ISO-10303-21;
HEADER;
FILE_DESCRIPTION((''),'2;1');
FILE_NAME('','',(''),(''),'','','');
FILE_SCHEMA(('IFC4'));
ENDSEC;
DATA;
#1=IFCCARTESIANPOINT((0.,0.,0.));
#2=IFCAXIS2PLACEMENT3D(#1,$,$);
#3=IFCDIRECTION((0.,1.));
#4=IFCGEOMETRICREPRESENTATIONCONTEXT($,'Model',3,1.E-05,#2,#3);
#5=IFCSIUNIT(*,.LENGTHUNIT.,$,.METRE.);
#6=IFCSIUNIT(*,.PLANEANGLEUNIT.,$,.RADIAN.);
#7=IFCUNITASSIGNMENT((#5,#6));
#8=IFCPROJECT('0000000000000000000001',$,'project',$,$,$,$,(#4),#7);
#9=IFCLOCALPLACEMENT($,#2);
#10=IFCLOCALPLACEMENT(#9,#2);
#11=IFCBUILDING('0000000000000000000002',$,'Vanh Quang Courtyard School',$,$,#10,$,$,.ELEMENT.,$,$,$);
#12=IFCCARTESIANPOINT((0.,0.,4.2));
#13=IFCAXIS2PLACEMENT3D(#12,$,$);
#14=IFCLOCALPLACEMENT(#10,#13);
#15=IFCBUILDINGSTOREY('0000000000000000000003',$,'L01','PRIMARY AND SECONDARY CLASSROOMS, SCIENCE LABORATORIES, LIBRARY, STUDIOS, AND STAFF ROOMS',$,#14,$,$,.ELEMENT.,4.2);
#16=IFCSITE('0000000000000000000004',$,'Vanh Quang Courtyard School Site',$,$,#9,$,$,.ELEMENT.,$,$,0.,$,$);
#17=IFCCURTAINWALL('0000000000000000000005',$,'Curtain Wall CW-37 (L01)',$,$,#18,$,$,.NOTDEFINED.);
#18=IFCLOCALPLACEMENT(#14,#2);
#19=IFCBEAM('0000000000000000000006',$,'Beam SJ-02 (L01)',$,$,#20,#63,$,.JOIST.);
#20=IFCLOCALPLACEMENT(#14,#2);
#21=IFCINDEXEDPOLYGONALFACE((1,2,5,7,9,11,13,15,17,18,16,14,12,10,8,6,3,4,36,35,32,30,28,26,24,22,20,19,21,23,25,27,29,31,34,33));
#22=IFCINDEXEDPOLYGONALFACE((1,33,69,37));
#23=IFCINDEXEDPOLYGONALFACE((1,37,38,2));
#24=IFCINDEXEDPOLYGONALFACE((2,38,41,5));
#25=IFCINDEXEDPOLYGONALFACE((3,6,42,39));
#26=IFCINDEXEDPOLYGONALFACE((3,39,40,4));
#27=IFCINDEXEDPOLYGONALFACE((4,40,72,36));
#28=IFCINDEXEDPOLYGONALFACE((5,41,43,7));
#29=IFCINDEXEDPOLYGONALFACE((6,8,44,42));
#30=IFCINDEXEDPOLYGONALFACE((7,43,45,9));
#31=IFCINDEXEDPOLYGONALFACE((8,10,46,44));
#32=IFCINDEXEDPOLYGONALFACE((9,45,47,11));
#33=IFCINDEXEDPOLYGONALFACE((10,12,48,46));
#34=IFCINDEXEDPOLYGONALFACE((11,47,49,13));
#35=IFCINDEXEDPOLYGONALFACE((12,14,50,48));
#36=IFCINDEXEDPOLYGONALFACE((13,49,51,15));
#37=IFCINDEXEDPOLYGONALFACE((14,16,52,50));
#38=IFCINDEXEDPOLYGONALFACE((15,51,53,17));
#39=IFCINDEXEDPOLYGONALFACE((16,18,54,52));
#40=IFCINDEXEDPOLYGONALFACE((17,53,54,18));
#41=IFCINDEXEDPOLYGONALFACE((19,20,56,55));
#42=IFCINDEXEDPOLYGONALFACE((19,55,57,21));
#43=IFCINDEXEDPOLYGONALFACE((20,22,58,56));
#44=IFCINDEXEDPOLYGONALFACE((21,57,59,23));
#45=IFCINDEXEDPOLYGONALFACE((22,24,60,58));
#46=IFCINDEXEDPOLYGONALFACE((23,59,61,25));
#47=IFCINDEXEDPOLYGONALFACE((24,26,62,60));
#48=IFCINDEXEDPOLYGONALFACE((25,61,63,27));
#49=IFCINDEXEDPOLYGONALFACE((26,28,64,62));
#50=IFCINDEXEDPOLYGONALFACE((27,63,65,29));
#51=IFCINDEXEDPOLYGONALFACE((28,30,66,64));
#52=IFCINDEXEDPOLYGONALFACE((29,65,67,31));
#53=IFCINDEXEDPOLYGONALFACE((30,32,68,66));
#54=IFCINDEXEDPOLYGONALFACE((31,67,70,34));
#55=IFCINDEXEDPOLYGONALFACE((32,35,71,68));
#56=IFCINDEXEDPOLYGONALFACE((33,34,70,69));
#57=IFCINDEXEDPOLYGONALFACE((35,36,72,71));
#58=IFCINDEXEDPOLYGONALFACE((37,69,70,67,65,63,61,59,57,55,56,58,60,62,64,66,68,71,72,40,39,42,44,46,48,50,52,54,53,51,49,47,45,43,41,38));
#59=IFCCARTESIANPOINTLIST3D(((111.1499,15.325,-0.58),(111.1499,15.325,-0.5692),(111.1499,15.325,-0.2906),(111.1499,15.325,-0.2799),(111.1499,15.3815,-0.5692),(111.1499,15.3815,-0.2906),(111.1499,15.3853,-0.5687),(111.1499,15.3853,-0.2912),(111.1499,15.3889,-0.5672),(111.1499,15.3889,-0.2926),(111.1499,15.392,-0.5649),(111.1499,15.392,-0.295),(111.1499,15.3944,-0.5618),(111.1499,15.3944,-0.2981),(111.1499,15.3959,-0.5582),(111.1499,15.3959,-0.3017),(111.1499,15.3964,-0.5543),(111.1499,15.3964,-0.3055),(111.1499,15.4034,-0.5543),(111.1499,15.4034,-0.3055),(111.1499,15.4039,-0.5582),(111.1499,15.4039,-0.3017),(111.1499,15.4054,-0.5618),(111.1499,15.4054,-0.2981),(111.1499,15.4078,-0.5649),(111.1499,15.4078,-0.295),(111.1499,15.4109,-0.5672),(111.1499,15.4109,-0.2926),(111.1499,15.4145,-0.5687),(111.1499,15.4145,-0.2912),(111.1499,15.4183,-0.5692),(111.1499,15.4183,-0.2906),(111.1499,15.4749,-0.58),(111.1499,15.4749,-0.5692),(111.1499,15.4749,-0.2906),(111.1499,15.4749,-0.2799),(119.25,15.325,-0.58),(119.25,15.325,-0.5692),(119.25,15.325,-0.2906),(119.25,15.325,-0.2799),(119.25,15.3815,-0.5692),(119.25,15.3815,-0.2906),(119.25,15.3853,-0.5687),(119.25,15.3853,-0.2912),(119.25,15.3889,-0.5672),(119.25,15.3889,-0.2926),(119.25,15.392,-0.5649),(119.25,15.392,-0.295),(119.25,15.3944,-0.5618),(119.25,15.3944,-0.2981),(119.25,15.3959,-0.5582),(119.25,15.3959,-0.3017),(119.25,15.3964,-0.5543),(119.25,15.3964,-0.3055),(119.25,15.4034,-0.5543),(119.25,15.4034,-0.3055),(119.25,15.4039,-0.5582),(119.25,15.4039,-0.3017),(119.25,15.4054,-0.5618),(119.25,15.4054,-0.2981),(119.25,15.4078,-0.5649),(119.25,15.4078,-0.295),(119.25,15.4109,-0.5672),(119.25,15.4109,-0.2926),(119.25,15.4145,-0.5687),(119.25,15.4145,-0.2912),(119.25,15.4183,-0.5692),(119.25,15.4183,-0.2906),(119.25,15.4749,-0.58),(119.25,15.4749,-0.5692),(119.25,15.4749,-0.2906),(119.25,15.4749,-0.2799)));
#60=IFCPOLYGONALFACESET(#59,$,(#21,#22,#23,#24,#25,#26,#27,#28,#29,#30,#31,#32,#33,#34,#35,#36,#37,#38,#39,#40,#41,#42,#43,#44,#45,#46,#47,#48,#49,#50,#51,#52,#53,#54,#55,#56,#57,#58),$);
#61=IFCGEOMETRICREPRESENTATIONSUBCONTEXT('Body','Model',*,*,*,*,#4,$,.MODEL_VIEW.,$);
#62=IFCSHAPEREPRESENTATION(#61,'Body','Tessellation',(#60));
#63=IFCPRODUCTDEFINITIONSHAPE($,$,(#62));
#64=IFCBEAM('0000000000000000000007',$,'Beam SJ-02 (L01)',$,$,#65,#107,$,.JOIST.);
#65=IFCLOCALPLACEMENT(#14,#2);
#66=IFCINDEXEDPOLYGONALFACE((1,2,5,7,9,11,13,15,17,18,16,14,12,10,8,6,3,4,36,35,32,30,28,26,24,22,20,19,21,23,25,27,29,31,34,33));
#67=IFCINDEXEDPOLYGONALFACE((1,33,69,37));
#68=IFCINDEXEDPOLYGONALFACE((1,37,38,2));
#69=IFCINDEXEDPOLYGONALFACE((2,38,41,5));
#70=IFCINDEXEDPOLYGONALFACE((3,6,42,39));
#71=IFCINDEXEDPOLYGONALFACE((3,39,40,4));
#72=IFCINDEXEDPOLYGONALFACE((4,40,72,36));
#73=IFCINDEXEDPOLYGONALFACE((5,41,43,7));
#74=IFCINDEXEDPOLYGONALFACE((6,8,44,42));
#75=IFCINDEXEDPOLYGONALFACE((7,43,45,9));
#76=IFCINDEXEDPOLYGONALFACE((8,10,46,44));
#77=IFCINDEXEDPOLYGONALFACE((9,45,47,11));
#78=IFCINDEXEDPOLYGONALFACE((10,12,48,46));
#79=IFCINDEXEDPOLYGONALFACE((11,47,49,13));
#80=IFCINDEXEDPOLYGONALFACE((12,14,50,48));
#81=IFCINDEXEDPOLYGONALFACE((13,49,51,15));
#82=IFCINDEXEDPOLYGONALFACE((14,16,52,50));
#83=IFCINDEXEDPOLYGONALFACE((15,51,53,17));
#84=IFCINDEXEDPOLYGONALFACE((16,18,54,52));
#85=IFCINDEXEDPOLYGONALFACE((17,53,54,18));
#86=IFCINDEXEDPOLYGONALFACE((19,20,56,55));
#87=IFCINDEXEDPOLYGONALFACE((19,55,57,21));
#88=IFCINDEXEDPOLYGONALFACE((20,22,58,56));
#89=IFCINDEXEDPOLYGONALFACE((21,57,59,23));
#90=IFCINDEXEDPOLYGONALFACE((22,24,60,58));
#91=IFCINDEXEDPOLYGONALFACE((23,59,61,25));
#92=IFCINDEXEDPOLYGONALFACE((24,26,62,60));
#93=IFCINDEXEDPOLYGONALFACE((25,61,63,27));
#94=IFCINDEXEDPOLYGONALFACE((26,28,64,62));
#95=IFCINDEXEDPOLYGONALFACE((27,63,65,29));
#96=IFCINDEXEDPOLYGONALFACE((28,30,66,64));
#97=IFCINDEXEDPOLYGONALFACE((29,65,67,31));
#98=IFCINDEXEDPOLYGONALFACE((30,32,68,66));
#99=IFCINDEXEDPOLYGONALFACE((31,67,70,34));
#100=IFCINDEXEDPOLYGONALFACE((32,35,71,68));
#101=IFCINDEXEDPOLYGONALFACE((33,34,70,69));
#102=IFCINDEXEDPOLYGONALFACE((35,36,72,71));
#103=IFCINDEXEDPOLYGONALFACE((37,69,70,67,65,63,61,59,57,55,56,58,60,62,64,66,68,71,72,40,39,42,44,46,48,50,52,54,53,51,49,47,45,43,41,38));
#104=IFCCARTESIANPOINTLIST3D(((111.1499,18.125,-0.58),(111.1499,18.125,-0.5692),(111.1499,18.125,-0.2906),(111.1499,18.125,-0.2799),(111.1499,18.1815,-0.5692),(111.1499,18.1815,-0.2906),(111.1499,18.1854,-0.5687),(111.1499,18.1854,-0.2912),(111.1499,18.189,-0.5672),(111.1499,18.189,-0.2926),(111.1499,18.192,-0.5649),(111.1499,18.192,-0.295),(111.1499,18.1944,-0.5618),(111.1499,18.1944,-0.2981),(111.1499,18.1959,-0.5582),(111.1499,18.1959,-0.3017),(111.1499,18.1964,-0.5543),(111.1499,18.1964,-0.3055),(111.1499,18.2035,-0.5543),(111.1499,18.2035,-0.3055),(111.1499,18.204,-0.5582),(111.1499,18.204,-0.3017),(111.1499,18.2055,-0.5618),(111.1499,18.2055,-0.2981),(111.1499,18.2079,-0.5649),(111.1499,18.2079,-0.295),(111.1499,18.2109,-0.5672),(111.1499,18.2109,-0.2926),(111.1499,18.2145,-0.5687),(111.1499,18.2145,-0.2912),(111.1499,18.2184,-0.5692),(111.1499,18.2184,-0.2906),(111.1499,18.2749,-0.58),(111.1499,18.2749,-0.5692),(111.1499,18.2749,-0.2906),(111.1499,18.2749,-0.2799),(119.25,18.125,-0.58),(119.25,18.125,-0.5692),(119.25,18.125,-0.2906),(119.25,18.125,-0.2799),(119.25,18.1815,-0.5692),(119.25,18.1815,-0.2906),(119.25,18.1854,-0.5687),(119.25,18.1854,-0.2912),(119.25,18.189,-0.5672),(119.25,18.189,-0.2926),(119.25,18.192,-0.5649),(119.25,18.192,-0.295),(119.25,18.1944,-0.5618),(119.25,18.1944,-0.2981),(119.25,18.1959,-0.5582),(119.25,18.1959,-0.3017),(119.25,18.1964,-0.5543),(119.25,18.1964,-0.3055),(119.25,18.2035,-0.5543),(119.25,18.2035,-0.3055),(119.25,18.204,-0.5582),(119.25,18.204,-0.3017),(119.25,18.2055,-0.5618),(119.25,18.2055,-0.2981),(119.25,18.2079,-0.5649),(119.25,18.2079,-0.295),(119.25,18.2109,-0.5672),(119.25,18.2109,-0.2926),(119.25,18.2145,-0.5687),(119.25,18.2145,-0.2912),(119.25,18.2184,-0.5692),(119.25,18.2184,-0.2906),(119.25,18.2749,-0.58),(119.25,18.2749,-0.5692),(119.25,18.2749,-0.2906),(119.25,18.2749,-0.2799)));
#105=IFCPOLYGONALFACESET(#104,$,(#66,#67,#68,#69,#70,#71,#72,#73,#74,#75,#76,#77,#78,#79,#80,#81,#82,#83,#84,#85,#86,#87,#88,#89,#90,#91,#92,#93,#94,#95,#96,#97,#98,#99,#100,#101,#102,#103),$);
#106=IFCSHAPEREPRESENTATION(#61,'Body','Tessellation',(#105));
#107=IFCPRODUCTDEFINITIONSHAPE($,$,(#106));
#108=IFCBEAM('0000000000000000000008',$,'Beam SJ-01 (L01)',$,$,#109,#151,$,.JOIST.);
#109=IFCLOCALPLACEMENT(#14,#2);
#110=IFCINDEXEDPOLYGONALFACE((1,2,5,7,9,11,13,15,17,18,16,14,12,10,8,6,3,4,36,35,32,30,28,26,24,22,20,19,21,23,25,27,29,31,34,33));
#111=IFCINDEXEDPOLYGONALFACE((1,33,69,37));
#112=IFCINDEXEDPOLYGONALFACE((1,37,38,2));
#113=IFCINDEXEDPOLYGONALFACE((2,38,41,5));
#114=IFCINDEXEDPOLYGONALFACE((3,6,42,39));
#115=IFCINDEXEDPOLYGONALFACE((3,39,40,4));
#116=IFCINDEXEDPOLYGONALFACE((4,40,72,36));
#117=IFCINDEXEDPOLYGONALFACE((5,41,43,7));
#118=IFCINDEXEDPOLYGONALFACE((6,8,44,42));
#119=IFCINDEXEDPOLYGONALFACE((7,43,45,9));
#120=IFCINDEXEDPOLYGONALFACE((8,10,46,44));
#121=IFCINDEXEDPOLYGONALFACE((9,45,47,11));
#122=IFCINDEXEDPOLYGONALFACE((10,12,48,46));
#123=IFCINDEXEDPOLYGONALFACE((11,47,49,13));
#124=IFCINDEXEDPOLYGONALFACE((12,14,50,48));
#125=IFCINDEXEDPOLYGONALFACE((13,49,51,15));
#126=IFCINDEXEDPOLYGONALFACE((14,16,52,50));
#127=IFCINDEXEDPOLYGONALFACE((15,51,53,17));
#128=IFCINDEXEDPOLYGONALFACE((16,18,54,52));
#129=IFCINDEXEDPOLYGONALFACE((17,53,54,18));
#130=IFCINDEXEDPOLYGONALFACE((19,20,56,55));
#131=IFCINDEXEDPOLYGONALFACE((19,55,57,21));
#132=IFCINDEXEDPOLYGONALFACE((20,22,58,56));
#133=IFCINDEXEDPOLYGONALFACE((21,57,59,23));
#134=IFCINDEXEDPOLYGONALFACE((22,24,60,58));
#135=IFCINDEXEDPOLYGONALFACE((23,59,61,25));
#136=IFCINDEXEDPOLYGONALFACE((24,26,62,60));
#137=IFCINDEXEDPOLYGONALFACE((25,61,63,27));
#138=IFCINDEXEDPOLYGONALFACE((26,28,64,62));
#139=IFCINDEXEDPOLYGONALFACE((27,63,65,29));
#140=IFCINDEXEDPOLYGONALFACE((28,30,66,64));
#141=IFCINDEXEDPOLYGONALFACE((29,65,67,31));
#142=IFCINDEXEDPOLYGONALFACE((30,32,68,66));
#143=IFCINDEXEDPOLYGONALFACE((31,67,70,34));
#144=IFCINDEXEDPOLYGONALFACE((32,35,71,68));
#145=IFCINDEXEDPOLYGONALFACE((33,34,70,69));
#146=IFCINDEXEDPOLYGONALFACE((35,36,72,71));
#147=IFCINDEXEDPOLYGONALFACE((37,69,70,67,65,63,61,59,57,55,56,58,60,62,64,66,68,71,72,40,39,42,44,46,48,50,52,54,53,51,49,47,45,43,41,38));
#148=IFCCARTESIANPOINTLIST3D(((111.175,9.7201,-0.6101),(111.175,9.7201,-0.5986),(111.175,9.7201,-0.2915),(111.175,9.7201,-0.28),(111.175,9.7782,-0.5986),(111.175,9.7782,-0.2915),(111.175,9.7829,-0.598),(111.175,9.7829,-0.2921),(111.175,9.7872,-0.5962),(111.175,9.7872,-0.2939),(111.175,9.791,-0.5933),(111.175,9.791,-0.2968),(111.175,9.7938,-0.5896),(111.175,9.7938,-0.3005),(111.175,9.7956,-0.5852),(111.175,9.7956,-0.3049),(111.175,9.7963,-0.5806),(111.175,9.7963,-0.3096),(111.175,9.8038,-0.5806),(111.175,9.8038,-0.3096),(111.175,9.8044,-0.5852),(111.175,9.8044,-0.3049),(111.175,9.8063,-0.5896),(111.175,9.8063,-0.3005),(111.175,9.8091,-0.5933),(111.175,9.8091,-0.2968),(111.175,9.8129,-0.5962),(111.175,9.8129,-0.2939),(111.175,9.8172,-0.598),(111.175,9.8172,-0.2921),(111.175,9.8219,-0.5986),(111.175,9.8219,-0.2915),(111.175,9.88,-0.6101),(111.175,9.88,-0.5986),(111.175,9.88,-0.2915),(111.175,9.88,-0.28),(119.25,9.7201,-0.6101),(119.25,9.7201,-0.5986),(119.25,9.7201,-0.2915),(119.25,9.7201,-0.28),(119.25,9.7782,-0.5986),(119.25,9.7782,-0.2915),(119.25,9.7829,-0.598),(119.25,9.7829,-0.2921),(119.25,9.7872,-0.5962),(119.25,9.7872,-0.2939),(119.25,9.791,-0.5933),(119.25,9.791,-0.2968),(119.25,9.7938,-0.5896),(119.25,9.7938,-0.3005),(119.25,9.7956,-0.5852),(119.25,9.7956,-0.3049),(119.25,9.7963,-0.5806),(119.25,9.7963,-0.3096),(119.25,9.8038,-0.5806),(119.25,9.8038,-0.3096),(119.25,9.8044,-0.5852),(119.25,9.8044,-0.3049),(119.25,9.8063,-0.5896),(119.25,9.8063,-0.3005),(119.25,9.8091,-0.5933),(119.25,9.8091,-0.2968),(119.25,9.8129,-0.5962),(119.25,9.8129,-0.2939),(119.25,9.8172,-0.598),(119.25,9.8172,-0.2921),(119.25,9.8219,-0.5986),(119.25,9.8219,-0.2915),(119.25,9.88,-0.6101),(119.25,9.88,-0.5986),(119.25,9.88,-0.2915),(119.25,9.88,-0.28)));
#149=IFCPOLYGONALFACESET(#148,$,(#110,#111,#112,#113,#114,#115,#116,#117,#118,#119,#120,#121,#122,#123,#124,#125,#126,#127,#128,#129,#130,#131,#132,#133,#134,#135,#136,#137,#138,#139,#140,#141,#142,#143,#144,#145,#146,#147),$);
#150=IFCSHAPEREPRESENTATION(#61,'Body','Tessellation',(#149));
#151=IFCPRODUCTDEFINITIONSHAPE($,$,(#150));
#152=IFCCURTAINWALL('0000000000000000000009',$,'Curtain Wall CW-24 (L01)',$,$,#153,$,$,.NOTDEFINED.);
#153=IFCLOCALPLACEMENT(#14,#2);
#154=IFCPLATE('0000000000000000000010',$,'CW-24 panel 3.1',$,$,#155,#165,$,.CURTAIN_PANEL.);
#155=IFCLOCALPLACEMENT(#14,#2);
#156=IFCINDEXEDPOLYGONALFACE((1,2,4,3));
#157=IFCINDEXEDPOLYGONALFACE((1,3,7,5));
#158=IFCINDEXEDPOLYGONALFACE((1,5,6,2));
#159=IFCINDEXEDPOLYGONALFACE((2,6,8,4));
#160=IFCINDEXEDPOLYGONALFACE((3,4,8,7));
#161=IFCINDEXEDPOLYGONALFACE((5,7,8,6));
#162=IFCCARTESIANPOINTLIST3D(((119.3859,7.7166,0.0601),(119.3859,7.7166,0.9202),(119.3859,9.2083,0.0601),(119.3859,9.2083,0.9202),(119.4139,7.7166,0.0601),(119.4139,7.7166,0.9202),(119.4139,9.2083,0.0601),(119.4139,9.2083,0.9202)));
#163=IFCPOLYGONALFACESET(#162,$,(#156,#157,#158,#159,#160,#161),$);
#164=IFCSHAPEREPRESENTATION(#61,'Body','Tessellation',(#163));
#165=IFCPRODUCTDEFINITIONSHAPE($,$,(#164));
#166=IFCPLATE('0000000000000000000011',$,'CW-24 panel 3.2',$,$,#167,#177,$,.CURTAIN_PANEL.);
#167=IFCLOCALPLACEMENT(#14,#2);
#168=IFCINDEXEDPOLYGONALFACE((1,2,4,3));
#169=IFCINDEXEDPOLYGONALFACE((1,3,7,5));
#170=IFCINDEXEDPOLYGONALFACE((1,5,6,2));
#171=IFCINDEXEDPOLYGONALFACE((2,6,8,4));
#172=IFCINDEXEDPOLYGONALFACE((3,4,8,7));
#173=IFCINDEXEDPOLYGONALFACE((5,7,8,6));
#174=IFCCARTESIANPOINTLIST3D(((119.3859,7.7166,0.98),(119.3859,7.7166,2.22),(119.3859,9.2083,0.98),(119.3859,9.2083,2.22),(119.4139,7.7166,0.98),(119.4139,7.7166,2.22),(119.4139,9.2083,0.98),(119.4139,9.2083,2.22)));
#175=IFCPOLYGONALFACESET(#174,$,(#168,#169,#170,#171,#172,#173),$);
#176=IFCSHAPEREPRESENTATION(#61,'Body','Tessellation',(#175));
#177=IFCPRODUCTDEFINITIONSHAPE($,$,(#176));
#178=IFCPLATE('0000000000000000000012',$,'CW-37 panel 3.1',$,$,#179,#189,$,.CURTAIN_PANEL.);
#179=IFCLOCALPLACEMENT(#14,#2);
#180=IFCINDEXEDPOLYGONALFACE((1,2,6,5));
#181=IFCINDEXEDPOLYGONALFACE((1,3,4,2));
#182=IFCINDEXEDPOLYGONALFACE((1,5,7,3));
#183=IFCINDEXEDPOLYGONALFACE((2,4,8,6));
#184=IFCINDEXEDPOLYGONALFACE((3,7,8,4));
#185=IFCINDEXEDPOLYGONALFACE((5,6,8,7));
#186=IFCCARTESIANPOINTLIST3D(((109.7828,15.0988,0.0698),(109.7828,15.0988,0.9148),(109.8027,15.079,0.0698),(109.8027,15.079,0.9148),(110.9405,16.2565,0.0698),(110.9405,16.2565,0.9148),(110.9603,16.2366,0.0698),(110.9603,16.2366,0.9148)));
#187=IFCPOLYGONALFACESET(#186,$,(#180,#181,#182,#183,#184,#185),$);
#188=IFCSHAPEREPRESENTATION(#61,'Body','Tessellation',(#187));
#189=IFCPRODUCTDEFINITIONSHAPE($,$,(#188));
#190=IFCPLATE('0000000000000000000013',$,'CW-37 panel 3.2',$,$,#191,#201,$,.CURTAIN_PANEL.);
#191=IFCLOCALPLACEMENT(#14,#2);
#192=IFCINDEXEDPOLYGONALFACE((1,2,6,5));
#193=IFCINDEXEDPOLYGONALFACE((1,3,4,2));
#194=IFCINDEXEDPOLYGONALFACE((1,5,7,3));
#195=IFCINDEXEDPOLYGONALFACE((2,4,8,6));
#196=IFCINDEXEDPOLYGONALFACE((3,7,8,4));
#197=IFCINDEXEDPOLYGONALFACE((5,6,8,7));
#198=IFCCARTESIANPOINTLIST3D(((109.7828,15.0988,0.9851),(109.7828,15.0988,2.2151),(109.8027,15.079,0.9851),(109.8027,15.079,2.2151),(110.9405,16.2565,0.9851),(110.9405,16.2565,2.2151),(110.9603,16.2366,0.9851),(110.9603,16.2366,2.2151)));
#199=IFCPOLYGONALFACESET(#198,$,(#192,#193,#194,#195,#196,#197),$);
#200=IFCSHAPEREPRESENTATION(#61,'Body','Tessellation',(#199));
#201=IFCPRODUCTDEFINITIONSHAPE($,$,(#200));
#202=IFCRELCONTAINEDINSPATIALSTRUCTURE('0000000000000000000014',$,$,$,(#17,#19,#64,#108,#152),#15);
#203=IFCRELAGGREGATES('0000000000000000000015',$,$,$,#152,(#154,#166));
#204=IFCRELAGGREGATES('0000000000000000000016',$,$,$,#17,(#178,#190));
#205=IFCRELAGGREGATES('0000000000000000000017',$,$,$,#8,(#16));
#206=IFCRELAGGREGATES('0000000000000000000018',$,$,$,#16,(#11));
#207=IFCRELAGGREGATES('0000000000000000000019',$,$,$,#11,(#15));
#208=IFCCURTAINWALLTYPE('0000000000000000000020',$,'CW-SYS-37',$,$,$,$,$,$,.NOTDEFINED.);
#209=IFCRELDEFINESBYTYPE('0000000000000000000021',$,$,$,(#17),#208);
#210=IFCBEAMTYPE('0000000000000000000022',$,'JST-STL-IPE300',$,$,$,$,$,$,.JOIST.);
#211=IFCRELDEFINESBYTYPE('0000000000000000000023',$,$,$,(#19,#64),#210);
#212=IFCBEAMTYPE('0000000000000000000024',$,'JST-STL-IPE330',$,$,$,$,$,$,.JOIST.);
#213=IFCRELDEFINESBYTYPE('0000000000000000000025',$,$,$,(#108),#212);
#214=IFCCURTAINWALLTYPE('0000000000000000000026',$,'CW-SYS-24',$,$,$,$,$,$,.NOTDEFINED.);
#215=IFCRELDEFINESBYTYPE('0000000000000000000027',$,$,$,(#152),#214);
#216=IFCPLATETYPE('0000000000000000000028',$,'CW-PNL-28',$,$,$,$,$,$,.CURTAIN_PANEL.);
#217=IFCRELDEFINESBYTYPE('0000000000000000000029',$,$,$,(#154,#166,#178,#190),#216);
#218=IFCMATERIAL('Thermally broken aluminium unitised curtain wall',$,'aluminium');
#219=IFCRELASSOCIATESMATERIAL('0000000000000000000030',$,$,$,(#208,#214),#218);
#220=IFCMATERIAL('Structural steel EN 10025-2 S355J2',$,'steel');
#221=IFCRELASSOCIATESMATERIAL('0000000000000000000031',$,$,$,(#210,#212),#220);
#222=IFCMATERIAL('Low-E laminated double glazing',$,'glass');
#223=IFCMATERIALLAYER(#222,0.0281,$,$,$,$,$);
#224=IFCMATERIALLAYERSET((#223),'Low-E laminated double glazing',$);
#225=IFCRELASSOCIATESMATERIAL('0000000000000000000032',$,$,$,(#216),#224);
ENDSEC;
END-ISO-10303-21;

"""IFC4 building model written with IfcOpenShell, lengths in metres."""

from ifc_helpers import new_model, si_unit, direction, frame, origin, origin_2d, place, context, subcontext, project, spatial, rectangle, i_section, extrude, material, layer, layer_set, material_profile, profile_set, type_object, element, aggregate, save


model = new_model("IFC4")

# Units and contexts
model_context = context("Model", 3, precision=1e-05, world=origin(), true_north=direction((0.0, 1.0)))
body_context = subcontext(model_context, "Body", "Model", "MODEL_VIEW")
ifc_project = project(units=[si_unit("LENGTHUNIT", "METRE"), si_unit("PLANEANGLEUNIT", "RADIAN")], contexts=[model_context])

# Site, building, storey
site_placement = place(None, origin())
site = spatial("IfcSite", under=ifc_project, at=site_placement, Name="Vanh Quang Courtyard School Site", CompositionType="ELEMENT", RefElevation=0.0)
building_placement = place(site_placement, origin())
building = spatial("IfcBuilding", under=site, at=building_placement, Name="Vanh Quang Courtyard School", CompositionType="ELEMENT")
storey_placement = place(building_placement, frame((0.0, 0.0, 4.2)))
storey = spatial("IfcBuildingStorey", under=building, at=storey_placement, Name="L01", Description="PRIMARY AND SECONDARY CLASSROOMS, SCIENCE LABORATORIES, LIBRARY, STUDIOS, AND STAFF ROOMS", CompositionType="ELEMENT", Elevation=4.2)

# Shared definitions
ifc_material_1 = material(Name="Structural steel EN 10025-2 S355J2", Category="steel")

# Curtain wall
ifc_material_2 = material(Name="Thermally broken aluminium unitised curtain wall", Category="aluminium")
curtain_wall_type_1 = type_object("IfcCurtainWallType", Name="CW-SYS-37", PredefinedType="NOTDEFINED", material=ifc_material_2)
curtain_wall_1_placement = place(storey_placement, origin())
curtain_wall_1 = element("IfcCurtainWall", 1, at=curtain_wall_1_placement, inside=storey, type_object=curtain_wall_type_1, Name="Curtain Wall CW-37 (L01)", PredefinedType="NOTDEFINED")

# Beams
ifc_material_profile_1 = material_profile(ifc_material_1, i_section(OverallWidth=0.1499, OverallDepth=0.3, WebThickness=0.0071, FlangeThickness=0.0107, FilletRadius=0.0149, at=origin_2d()), Name="IPE 300")
ifc_profile_set_1 = profile_set([ifc_material_profile_1], Name="Structural steel EN 10025-2 S355J2")
beam_type_1 = type_object("IfcBeamType", Name="JST-STL-IPE300", PredefinedType="JOIST", material=ifc_profile_set_1)
for number, where, z_axis, x_axis, name in (
    (2, (111.1499, 15.3999, -0.4299), (1.0, 0.0, 0.0), (0.0, 1.0, 0.0), "Beam SJ-02 (L01)"),
    (3, (111.1499, 18.2, -0.4299), (1.0, 0.0, 0.0), (0.0, 1.0, 0.0), "Beam SJ-02 (L01)"),
):
    element("IfcBeam", number, at=place(storey_placement, frame(where, z_axis=z_axis, x_axis=x_axis)), inside=storey, type_object=beam_type_1, Name=name, PredefinedType="JOIST", context=body_context, shape_type="SweptSolid", body=[
        extrude(i_section(OverallWidth=0.1499, OverallDepth=0.3, WebThickness=0.0071, FlangeThickness=0.0107, FilletRadius=0.0149, at=origin_2d()), origin(), (0.0, 0.0, 1.0), 8.1001),
    ])
ifc_material_profile_2 = material_profile(ifc_material_1, i_section(OverallWidth=0.1599, OverallDepth=0.3301, WebThickness=0.0076, FlangeThickness=0.0115, FilletRadius=0.0181, at=origin_2d()), Name="IPE 330")
ifc_profile_set_2 = profile_set([ifc_material_profile_2], Name="Structural steel EN 10025-2 S355J2")
beam_type_2 = type_object("IfcBeamType", Name="JST-STL-IPE330", PredefinedType="JOIST", material=ifc_profile_set_2)
beam_1_placement = place(storey_placement, frame((111.175, 9.8, -0.4451), z_axis=(1.0, 0.0, 0.0), x_axis=(0.0, 1.0, 0.0)))
element("IfcBeam", 4, at=beam_1_placement, inside=storey, type_object=beam_type_2, Name="Beam SJ-01 (L01)", PredefinedType="JOIST", context=body_context, shape_type="SweptSolid", body=[
    extrude(i_section(OverallWidth=0.1599, OverallDepth=0.3301, WebThickness=0.0076, FlangeThickness=0.0115, FilletRadius=0.0181, at=origin_2d()), origin(), (0.0, 0.0, 1.0), 8.075),
])

# Curtain wall, plates
curtain_wall_type_2 = type_object("IfcCurtainWallType", Name="CW-SYS-24", PredefinedType="NOTDEFINED", material=ifc_material_2)
curtain_wall_2_placement = place(storey_placement, origin())
curtain_wall_2 = element("IfcCurtainWall", 5, at=curtain_wall_2_placement, inside=storey, type_object=curtain_wall_type_2, Name="Curtain Wall CW-24 (L01)", PredefinedType="NOTDEFINED")
ifc_material_3 = material(Name="Low-E laminated double glazing", Category="glass")
ifc_layer_1 = layer(ifc_material_3, 0.0281)
ifc_layer_set_1 = layer_set([ifc_layer_1], Name="Low-E laminated double glazing")
plate_type = type_object("IfcPlateType", Name="CW-PNL-28", PredefinedType="CURTAIN_PANEL", material=ifc_layer_set_1)
plate_1_placement = place(storey_placement, frame((119.3999, 8.4624, 0.0601), z_axis=(0.0, 0.0, 1.0), x_axis=(0.0, -1.0, 0.0)))
plate_1 = element("IfcPlate", 6, at=plate_1_placement, type_object=plate_type, Name="CW-24 panel 3.1", PredefinedType="CURTAIN_PANEL", context=body_context, shape_type="SweptSolid", body=[
    extrude(rectangle(XDim=1.4917, YDim=0.0281, at=origin_2d()), origin(), (0.0, 0.0, 1.0), 0.8601),
])
plate_2_placement = place(storey_placement, frame((119.3999, 8.4624, 0.98), z_axis=(0.0, 0.0, 1.0), x_axis=(0.0, -1.0, 0.0)))
plate_2 = element("IfcPlate", 7, at=plate_2_placement, type_object=plate_type, Name="CW-24 panel 3.2", PredefinedType="CURTAIN_PANEL", context=body_context, shape_type="SweptSolid", body=[
    extrude(rectangle(XDim=1.4917, YDim=0.0281, at=origin_2d()), origin(), (0.0, 0.0, 1.0), 1.24),
])
aggregate(curtain_wall_2, [plate_1, plate_2])

# Plates
plate_3_placement = place(storey_placement, frame((110.3716, 15.6677, 0.0698), z_axis=(0.0, 0.0, 1.0), x_axis=(0.707107, 0.707107, 0.0)))
plate_3 = element("IfcPlate", 8, at=plate_3_placement, type_object=plate_type, Name="CW-37 panel 3.1", PredefinedType="CURTAIN_PANEL", context=body_context, shape_type="SweptSolid", body=[
    extrude(rectangle(XDim=1.6372, YDim=0.0281, at=origin_2d()), origin(), (0.0, 0.0, 1.0), 0.845),
])
plate_4_placement = place(storey_placement, frame((110.3716, 15.6677, 0.9851), z_axis=(0.0, 0.0, 1.0), x_axis=(0.707107, 0.707107, 0.0)))
plate_4 = element("IfcPlate", 9, at=plate_4_placement, type_object=plate_type, Name="CW-37 panel 3.2", PredefinedType="CURTAIN_PANEL", context=body_context, shape_type="SweptSolid", body=[
    extrude(rectangle(XDim=1.6372, YDim=0.0281, at=origin_2d()), origin(), (0.0, 0.0, 1.0), 1.23),
])
aggregate(curtain_wall_1, [plate_3, plate_4])

save(model, "model.ifc")
